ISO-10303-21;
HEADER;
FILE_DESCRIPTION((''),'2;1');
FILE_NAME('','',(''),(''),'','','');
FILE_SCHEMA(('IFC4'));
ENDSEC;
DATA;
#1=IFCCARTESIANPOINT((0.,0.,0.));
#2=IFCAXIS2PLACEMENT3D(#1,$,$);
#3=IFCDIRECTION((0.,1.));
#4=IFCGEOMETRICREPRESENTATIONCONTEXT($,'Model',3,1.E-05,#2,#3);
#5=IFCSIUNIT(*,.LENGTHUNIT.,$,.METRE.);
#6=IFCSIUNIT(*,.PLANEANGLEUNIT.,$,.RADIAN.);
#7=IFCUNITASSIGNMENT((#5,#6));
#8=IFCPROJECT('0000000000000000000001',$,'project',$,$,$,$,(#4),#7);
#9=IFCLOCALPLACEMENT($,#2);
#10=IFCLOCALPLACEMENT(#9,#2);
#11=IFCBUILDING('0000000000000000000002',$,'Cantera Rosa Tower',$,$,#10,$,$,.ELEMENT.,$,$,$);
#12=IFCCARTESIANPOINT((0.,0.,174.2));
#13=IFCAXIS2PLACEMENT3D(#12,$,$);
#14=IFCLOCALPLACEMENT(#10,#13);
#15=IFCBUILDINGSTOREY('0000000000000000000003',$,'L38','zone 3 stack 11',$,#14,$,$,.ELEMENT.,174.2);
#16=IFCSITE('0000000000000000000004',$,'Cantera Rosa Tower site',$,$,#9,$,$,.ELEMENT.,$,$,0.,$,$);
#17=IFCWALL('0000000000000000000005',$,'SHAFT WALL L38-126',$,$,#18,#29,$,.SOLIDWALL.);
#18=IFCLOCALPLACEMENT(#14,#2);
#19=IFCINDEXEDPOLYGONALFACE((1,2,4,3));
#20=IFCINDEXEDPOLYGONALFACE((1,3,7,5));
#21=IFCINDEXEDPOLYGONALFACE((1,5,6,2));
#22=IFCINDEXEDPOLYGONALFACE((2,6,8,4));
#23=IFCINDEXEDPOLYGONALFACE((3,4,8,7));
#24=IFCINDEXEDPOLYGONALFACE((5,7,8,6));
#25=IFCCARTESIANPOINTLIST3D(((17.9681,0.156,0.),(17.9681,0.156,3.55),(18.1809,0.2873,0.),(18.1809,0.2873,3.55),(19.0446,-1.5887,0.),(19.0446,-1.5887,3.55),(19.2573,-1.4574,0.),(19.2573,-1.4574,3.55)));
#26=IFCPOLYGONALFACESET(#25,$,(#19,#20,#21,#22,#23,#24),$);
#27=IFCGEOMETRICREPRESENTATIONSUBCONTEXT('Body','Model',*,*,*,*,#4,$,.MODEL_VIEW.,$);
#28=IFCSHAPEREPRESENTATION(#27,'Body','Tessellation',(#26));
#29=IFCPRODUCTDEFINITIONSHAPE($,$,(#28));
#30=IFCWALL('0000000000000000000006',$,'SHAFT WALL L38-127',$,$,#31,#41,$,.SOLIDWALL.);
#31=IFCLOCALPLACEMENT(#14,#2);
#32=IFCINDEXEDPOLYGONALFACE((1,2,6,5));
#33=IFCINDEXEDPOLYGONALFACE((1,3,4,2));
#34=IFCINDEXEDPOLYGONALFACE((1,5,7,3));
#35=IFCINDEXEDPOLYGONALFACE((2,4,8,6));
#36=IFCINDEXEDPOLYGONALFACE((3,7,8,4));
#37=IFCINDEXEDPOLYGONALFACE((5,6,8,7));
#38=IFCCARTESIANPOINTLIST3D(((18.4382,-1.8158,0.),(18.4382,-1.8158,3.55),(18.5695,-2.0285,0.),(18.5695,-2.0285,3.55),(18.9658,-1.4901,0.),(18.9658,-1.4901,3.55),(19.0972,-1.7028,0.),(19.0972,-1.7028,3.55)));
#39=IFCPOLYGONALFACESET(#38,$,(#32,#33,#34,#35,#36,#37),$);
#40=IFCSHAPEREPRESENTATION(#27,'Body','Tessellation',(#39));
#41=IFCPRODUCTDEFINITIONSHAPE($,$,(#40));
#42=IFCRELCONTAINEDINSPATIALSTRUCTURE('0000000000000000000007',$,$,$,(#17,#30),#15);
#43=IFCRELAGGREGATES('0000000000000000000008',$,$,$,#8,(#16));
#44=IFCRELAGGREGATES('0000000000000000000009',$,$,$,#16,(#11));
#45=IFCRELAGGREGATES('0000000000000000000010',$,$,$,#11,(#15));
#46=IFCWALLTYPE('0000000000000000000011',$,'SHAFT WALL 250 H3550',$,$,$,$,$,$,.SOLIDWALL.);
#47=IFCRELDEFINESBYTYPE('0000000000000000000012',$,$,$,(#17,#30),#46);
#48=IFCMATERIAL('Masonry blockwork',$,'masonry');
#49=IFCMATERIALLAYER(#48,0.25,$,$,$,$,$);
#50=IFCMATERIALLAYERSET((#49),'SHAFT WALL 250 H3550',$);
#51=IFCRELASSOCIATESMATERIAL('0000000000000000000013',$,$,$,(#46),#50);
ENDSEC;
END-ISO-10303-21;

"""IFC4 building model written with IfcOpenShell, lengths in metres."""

from ifc_helpers import new_model, si_unit, direction, frame, frame_2d, origin, place, context, subcontext, project, spatial, rectangle, extrude, material, layer, layer_set, type_object, element, save


model = new_model("IFC4")

# Units and contexts
model_context = context("Model", 3, precision=1e-05, world=origin(), true_north=direction((0.0, 1.0)))
body_context = subcontext(model_context, "Body", "Model", "MODEL_VIEW")
ifc_project = project(units=[si_unit("LENGTHUNIT", "METRE"), si_unit("PLANEANGLEUNIT", "RADIAN")], contexts=[model_context])

# Site, building, storey
site_placement = place(None, origin())
site = spatial("IfcSite", under=ifc_project, at=site_placement, Name="Cantera Rosa Tower site", CompositionType="ELEMENT", RefElevation=0.0)
building_placement = place(site_placement, origin())
building = spatial("IfcBuilding", under=site, at=building_placement, Name="Cantera Rosa Tower", CompositionType="ELEMENT")
storey_placement = place(building_placement, frame((0.0, 0.0, 174.2)))
storey = spatial("IfcBuildingStorey", under=building, at=storey_placement, Name="L38", Description="zone 3 stack 11", CompositionType="ELEMENT", Elevation=174.2)

# Walls
ifc_material_1 = material(Name="Masonry blockwork", Category="masonry")
ifc_layer_1 = layer(ifc_material_1, 0.25)
ifc_layer_set_1 = layer_set([ifc_layer_1], Name="SHAFT WALL 250 H3550")
wall_type_1 = type_object("IfcWallType", Name="SHAFT WALL 250 H3550", PredefinedType="SOLIDWALL", material=ifc_layer_set_1)
wall_1_placement = place(storey_placement, frame((19.1509, -1.5229, 0.0), z_axis=(0.0, 0.0, 1.0), x_axis=(-0.525087, 0.851048, 0.0)))
element("IfcWall", 1, at=wall_1_placement, inside=storey, type_object=wall_type_1, Name="SHAFT WALL L38-126", PredefinedType="SOLIDWALL", context=body_context, shape_type="SweptSolid", body=[
    extrude(rectangle(XDim=2.05, YDim=0.25, at=frame_2d((1.0249, 0.0))), origin(), (0.0, 0.0, 1.0), 3.55),
])
wall_2_placement = place(storey_placement, frame((19.0315, -1.5964, 0.0), z_axis=(0.0, 0.0, 1.0), x_axis=(-0.850927, -0.525283, 0.0)))
element("IfcWall", 2, at=wall_2_placement, inside=storey, type_object=wall_type_1, Name="SHAFT WALL L38-127", PredefinedType="SOLIDWALL", context=body_context, shape_type="SweptSolid", body=[
    extrude(rectangle(XDim=0.6201, YDim=0.25, at=frame_2d((0.3101, 0.0))), origin(), (0.0, 0.0, 1.0), 3.55),
])

save(model, "model.ifc")
